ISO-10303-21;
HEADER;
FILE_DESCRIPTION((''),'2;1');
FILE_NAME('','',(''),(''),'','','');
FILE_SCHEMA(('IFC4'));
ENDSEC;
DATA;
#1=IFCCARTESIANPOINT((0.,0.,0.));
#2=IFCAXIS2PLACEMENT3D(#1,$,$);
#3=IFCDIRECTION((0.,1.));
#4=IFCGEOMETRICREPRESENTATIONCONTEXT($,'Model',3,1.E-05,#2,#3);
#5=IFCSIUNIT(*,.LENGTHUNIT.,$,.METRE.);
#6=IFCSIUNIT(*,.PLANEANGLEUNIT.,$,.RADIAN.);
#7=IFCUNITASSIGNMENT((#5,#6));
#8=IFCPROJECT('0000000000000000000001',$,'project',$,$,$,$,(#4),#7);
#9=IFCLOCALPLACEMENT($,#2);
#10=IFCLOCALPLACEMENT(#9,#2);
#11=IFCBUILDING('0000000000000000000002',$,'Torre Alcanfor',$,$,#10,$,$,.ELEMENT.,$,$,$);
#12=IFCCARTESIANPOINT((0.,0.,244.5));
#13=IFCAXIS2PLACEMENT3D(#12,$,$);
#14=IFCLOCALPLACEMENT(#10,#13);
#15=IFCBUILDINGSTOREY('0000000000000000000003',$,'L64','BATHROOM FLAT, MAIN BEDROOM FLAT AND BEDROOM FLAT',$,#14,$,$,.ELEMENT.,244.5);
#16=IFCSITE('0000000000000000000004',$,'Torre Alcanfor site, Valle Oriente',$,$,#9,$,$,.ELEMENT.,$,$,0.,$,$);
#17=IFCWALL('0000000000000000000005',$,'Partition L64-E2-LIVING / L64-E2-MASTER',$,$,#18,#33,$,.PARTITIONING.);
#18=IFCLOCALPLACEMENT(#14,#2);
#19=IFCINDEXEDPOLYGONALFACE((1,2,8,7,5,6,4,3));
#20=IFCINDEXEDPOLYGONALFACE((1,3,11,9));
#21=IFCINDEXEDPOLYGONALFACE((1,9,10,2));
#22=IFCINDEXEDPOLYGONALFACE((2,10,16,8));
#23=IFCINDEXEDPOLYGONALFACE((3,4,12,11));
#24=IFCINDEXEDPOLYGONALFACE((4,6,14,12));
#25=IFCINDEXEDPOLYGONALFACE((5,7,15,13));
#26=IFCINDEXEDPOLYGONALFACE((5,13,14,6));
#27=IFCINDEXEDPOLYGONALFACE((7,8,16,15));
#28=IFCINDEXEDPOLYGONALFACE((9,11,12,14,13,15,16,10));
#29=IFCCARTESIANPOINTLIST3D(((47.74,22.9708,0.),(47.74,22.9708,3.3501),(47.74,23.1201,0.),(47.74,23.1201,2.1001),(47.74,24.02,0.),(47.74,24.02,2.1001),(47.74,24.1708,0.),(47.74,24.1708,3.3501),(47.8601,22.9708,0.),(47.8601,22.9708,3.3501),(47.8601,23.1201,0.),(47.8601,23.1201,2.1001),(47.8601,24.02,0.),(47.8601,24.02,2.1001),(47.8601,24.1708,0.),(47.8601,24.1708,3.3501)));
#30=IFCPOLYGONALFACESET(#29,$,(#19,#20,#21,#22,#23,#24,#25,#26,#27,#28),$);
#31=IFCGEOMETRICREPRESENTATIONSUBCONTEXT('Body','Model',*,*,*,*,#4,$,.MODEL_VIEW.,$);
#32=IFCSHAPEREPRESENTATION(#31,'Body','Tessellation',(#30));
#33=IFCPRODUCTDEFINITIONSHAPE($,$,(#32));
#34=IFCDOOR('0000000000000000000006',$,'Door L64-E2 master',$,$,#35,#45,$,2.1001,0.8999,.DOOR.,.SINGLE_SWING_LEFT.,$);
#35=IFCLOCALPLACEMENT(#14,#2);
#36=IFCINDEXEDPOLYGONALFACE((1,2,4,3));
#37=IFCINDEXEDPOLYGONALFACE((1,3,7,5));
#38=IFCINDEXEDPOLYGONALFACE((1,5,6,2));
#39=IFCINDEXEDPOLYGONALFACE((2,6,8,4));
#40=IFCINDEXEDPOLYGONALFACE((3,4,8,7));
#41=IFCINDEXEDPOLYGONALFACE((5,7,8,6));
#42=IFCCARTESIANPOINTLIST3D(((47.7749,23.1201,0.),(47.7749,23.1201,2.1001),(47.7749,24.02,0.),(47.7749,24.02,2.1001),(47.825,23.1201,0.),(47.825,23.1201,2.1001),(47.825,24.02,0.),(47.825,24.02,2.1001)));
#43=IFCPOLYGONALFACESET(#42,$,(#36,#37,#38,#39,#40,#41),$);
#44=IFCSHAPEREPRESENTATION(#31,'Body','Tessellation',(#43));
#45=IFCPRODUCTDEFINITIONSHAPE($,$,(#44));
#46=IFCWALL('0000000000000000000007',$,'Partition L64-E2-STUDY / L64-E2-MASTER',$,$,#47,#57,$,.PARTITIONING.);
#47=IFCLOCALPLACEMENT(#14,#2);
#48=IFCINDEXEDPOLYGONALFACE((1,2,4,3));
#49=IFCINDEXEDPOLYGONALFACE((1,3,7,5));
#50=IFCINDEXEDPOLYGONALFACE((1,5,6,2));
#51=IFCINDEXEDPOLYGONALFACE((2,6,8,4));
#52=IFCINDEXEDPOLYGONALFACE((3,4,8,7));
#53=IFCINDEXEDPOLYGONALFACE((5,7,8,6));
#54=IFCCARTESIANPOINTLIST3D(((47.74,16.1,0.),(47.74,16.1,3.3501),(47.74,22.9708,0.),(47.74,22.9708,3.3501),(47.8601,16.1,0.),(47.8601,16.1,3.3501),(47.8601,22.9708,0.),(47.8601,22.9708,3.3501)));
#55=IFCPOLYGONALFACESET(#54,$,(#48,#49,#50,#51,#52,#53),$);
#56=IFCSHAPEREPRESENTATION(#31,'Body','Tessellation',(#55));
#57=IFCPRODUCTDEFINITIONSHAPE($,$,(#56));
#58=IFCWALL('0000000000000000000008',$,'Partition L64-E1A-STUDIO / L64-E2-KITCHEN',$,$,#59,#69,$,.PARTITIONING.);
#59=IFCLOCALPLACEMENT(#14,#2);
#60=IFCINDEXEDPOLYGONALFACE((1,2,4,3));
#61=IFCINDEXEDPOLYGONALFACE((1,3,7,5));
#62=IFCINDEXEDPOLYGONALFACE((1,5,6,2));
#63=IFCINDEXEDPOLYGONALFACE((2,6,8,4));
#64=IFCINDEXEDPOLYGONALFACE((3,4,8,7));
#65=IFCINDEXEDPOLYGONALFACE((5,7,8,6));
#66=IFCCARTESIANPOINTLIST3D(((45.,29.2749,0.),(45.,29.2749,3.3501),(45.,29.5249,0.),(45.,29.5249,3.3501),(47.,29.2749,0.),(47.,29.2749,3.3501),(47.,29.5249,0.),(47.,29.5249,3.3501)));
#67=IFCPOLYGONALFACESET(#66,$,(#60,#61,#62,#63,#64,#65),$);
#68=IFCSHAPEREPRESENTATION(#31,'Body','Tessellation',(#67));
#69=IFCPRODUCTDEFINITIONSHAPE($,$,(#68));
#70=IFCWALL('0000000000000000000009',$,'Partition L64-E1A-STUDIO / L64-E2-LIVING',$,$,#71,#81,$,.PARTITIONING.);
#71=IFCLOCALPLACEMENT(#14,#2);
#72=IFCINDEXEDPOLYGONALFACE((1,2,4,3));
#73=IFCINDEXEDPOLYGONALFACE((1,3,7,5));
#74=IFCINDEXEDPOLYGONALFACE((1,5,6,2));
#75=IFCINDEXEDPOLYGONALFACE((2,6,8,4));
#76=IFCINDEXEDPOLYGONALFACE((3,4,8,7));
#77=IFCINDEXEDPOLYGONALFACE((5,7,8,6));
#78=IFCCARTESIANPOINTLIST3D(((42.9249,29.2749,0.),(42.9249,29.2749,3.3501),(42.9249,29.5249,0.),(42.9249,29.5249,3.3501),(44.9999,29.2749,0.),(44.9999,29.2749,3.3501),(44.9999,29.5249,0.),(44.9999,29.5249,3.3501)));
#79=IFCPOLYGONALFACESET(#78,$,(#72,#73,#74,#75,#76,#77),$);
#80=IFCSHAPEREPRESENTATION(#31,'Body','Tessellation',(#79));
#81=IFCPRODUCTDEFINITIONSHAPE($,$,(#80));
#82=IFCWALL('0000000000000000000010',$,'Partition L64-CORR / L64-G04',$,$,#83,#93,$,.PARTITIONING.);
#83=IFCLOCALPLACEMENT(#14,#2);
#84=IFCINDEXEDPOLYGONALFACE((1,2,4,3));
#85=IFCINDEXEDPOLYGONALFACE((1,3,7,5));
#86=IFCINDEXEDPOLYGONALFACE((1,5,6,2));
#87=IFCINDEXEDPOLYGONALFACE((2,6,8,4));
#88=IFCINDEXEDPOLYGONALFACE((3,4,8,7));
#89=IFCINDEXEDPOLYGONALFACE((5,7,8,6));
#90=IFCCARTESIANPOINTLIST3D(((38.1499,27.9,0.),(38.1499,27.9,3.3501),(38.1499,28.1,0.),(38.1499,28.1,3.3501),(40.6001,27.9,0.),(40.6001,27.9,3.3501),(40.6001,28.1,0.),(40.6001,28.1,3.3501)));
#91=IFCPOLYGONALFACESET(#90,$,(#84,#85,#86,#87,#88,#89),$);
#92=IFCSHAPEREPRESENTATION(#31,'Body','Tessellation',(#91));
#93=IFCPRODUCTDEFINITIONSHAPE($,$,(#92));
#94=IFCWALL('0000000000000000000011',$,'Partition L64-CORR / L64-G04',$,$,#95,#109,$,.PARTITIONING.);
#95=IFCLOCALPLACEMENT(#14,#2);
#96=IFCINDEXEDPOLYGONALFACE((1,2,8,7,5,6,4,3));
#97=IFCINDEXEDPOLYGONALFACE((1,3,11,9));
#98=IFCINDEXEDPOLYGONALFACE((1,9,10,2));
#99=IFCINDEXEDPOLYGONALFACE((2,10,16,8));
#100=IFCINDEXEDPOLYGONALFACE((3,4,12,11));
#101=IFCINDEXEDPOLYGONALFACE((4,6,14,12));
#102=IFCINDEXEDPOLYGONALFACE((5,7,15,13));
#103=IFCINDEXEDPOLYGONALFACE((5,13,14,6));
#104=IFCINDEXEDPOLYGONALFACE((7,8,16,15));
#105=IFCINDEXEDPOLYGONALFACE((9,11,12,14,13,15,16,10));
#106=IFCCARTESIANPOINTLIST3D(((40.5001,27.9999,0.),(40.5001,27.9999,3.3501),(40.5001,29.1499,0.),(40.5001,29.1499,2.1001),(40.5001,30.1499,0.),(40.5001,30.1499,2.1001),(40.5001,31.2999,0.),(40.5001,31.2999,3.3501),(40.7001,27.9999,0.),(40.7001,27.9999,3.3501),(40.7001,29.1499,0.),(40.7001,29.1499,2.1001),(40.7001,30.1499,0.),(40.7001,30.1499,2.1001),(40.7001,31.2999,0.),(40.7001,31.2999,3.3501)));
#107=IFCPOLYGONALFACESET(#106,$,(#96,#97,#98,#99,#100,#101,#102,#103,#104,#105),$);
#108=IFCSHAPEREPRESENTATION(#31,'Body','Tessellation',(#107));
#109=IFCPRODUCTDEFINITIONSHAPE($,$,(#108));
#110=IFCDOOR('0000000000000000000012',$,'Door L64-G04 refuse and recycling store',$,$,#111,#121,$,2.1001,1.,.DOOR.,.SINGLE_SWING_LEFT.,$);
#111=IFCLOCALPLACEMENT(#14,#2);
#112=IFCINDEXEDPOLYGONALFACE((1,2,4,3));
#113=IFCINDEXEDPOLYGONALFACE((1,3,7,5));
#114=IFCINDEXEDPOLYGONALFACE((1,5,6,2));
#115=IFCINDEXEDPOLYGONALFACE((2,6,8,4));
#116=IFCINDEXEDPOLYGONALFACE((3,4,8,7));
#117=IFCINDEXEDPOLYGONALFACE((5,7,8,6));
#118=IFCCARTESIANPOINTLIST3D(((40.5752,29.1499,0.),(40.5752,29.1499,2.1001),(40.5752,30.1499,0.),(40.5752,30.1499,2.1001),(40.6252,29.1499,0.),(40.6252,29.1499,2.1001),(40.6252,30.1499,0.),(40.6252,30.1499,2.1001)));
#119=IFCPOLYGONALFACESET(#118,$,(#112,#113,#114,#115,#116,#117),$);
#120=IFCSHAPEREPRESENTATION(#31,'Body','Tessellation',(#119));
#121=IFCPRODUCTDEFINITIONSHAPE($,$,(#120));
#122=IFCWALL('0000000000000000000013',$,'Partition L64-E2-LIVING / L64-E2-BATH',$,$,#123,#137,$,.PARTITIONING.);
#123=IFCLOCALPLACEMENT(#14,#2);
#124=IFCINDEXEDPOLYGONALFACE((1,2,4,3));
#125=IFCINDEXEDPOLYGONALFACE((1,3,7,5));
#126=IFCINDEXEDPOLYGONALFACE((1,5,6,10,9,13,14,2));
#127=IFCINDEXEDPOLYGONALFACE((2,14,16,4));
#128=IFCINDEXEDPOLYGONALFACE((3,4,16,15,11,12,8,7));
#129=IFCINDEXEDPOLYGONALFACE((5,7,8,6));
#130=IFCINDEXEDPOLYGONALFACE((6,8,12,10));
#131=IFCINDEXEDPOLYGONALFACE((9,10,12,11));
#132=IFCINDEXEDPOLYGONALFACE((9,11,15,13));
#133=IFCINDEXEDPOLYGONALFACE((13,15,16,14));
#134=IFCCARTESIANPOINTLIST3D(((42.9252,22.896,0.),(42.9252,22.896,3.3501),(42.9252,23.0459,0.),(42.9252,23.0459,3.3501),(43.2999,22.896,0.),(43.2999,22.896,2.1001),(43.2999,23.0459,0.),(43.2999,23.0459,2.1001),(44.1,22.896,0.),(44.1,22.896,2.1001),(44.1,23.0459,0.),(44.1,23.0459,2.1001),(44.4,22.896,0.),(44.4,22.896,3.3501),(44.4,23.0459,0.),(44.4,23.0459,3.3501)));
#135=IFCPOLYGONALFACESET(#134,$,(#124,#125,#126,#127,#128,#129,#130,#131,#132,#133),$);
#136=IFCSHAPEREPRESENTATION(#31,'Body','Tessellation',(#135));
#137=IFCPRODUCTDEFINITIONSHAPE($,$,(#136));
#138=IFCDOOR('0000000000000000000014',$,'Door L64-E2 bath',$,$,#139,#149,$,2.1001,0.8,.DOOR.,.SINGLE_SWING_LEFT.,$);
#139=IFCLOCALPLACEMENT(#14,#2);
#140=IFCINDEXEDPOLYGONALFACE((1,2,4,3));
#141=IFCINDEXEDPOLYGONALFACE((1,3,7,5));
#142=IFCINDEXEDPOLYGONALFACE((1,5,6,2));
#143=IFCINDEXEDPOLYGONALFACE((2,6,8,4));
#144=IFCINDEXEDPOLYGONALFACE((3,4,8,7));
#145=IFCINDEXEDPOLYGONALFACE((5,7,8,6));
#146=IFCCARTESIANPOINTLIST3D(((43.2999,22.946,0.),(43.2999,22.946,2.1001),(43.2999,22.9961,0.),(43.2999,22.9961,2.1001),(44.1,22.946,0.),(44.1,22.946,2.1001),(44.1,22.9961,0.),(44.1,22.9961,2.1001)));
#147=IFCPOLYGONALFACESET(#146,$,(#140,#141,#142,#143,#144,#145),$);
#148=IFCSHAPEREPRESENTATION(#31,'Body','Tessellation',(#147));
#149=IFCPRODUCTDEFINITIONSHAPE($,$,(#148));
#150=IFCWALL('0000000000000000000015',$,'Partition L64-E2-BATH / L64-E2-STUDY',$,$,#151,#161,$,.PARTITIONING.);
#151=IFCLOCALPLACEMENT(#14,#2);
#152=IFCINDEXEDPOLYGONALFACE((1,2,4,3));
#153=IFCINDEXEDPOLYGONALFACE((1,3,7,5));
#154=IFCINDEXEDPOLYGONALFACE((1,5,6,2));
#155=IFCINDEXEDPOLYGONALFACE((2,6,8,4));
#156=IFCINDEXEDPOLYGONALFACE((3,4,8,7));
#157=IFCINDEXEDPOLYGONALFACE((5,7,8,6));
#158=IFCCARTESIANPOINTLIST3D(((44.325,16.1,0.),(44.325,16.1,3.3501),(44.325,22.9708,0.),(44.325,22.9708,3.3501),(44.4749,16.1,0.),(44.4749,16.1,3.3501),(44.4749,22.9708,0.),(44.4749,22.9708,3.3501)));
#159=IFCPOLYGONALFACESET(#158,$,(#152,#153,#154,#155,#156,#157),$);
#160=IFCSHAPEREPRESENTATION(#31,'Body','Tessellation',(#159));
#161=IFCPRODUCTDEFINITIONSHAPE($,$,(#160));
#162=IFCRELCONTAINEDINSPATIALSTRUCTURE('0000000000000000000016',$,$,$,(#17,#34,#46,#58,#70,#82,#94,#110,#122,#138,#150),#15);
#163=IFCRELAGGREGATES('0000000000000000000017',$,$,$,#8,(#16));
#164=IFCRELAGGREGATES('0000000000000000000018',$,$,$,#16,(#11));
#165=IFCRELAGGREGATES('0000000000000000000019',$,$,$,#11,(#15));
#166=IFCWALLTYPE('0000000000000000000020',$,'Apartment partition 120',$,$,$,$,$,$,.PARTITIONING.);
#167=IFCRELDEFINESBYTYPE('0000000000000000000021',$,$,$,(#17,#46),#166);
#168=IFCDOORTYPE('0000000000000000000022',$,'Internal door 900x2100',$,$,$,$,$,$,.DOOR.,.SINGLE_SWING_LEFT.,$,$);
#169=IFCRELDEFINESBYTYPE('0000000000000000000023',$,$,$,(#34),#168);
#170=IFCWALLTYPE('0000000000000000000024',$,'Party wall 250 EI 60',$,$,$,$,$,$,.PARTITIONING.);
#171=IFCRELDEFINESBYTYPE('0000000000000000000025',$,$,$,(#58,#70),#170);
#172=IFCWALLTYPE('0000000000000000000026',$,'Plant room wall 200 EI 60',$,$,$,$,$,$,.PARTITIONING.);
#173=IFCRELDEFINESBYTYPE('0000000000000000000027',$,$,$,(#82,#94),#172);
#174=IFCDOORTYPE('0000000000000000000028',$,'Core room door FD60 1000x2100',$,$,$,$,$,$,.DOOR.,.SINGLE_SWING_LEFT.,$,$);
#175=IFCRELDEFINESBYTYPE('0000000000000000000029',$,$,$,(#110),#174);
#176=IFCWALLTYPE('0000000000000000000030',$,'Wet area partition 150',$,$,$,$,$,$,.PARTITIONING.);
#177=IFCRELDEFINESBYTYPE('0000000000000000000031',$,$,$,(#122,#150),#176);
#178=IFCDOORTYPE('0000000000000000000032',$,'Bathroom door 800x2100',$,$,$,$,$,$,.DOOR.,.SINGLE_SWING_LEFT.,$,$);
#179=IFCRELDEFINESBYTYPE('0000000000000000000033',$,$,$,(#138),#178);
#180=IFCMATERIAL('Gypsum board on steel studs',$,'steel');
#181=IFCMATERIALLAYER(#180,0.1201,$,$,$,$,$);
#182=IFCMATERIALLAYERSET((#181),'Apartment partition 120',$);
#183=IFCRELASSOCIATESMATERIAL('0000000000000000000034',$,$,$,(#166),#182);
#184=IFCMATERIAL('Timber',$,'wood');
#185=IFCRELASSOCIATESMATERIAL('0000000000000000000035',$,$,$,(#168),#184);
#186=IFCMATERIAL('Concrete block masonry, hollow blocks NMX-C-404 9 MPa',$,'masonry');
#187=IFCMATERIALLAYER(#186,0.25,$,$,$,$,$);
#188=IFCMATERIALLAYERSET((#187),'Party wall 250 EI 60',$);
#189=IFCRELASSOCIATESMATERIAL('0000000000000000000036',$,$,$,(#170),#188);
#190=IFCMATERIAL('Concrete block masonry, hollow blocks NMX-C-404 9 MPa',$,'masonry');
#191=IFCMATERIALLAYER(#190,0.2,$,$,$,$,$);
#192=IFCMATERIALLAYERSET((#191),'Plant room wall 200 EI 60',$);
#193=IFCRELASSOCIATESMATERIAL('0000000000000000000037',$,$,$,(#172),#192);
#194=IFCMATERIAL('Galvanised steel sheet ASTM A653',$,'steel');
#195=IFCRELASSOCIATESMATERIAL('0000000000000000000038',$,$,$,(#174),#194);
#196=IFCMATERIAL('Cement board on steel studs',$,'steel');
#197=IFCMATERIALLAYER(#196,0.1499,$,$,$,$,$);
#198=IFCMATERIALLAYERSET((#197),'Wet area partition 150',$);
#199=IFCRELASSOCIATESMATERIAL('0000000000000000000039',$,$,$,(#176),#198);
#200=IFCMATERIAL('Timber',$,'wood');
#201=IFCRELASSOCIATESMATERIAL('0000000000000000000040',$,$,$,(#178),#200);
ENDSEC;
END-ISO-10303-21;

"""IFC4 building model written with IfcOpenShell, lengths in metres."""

from ifc_helpers import new_model, si_unit, direction, frame, frame_2d, origin, place, context, subcontext, project, spatial, rectangle, extrude, material, layer, layer_set, type_object, element, fill, save


model = new_model("IFC4")

# Units and contexts
model_context = context("Model", 3, precision=1e-05, world=origin(), true_north=direction((0.0, 1.0)))
body_context = subcontext(model_context, "Body", "Model", "MODEL_VIEW")
ifc_project = project(units=[si_unit("LENGTHUNIT", "METRE"), si_unit("PLANEANGLEUNIT", "RADIAN")], contexts=[model_context])

# Site, building, storey
site_placement = place(None, origin())
site = spatial("IfcSite", under=ifc_project, at=site_placement, Name="Torre Alcanfor site, Valle Oriente", CompositionType="ELEMENT", RefElevation=0.0)
building_placement = place(site_placement, origin())
building = spatial("IfcBuilding", under=site, at=building_placement, Name="Torre Alcanfor", CompositionType="ELEMENT")
storey_placement = place(building_placement, frame((0.0, 0.0, 244.5)))
storey = spatial("IfcBuildingStorey", under=building, at=storey_placement, Name="L64", Description="BATHROOM FLAT, MAIN BEDROOM FLAT AND BEDROOM FLAT", CompositionType="ELEMENT", Elevation=244.5)

# Shared definitions
ifc_material_1 = material(Name="Gypsum board on steel studs", Category="steel")
ifc_layer_1 = layer(ifc_material_1, 0.1201)
ifc_layer_set_1 = layer_set([ifc_layer_1], Name="Apartment partition 120")
wall_type_1 = type_object("IfcWallType", Name="Apartment partition 120", PredefinedType="PARTITIONING", material=ifc_layer_set_1)

# Shared definitions
ifc_material_2 = material(Name="Timber", Category="wood")
door_type_1 = type_object("IfcDoorType", Name="Internal door 900x2100", OperationType="SINGLE_SWING_LEFT", PredefinedType="DOOR", material=ifc_material_2)

# Wall, opening, door
wall_1_placement = place(storey_placement, frame((47.8, 24.1709, 0.0), z_axis=(0.0, 0.0, 1.0), x_axis=(0.0, -1.0, 0.0)))
wall_1 = element("IfcWall", 1, at=wall_1_placement, inside=storey, type_object=wall_type_1, Name="Partition L64-E2-LIVING / L64-E2-MASTER", PredefinedType="PARTITIONING", context=body_context, shape_type="SweptSolid", body=[
    extrude(rectangle(XDim=1.2, YDim=0.1201, at=frame_2d((0.6001, 0.0))), origin(), (0.0, 0.0, 1.0), 3.3501),
])
opening_1_placement = place(wall_1_placement, frame((0.1509, 0.0, 0.0)))
opening_1 = element("IfcOpeningElement", 2, at=opening_1_placement, cuts=wall_1, PredefinedType="OPENING", context=body_context, shape_type="SweptSolid", body=[
    extrude(rectangle(XDim=0.8999, YDim=2.1001, at=frame_2d((0.45, 1.05))), frame((0.0, 0.0701, 0.0), z_axis=(0.0, -1.0, 0.0), x_axis=(1.0, 0.0, 0.0)), (0.0, 0.0, 1.0), 0.1401),
])
door_1_placement = place(opening_1_placement, origin())
door_1 = element("IfcDoor", 3, at=door_1_placement, inside=storey, type_object=door_type_1, Name="Door L64-E2 master", OperationType="SINGLE_SWING_LEFT", OverallHeight=2.1001, OverallWidth=0.8999, PredefinedType="DOOR", context=body_context, shape_type="SweptSolid", body=[
    extrude(rectangle(XDim=0.8999, YDim=2.1001, at=frame_2d((0.45, 1.05))), frame((0.0, 0.0249, 0.0), z_axis=(0.0, -1.0, 0.0), x_axis=(1.0, 0.0, 0.0)), (0.0, 0.0, 1.0), 0.05),
])
fill(opening_1, door_1)

# Walls
wall_2_placement = place(storey_placement, frame((47.8, 22.9709, 0.0), z_axis=(0.0, 0.0, 1.0), x_axis=(0.0, -1.0, 0.0)))
element("IfcWall", 4, at=wall_2_placement, inside=storey, type_object=wall_type_1, Name="Partition L64-E2-STUDY / L64-E2-MASTER", PredefinedType="PARTITIONING", context=body_context, shape_type="SweptSolid", body=[
    extrude(rectangle(XDim=6.8708, YDim=0.1201, at=frame_2d((3.4355, 0.0))), origin(), (0.0, 0.0, 1.0), 3.3501),
])
ifc_material_3 = material(Name="Concrete block masonry, hollow blocks NMX-C-404 9 MPa", Category="masonry")
ifc_layer_2 = layer(ifc_material_3, 0.25)
ifc_layer_set_2 = layer_set([ifc_layer_2], Name="Party wall 250 EI 60")
wall_type_2 = type_object("IfcWallType", Name="Party wall 250 EI 60", PredefinedType="PARTITIONING", material=ifc_layer_set_2)
wall_3_placement = place(storey_placement, frame((47.0, 29.3999, 0.0), z_axis=(0.0, 0.0, 1.0), x_axis=(-1.0, 0.0, 0.0)))
element("IfcWall", 5, at=wall_3_placement, inside=storey, type_object=wall_type_2, Name="Partition L64-E1A-STUDIO / L64-E2-KITCHEN", PredefinedType="PARTITIONING", context=body_context, shape_type="SweptSolid", body=[
    extrude(rectangle(XDim=2.0, YDim=0.25, at=frame_2d((1.0, 0.0))), origin(), (0.0, 0.0, 1.0), 3.3501),
])
wall_4_placement = place(storey_placement, frame((45.0, 29.3999, 0.0), z_axis=(0.0, 0.0, 1.0), x_axis=(-1.0, 0.0, 0.0)))
element("IfcWall", 6, at=wall_4_placement, inside=storey, type_object=wall_type_2, Name="Partition L64-E1A-STUDIO / L64-E2-LIVING", PredefinedType="PARTITIONING", context=body_context, shape_type="SweptSolid", body=[
    extrude(rectangle(XDim=2.075, YDim=0.25, at=frame_2d((1.0376, 0.0))), origin(), (0.0, 0.0, 1.0), 3.3501),
])
ifc_material_4 = material(Name="Concrete block masonry, hollow blocks NMX-C-404 9 MPa", Category="masonry")
ifc_layer_3 = layer(ifc_material_4, 0.2)
ifc_layer_set_3 = layer_set([ifc_layer_3], Name="Plant room wall 200 EI 60")
wall_type_3 = type_object("IfcWallType", Name="Plant room wall 200 EI 60", PredefinedType="PARTITIONING", material=ifc_layer_set_3)
wall_5_placement = place(storey_placement, frame((38.1499, 28.0, 0.0), z_axis=(0.0, 0.0, 1.0), x_axis=(1.0, 0.0, 0.0)))
element("IfcWall", 7, at=wall_5_placement, inside=storey, type_object=wall_type_3, Name="Partition L64-CORR / L64-G04", PredefinedType="PARTITIONING", context=body_context, shape_type="SweptSolid", body=[
    extrude(rectangle(XDim=2.4502, YDim=0.2, at=frame_2d((1.2251, 0.0))), origin(), (0.0, 0.0, 1.0), 3.3501),
])

# Walls, openings, doors
wall_6_placement = place(storey_placement, frame((40.6001, 28.0, 0.0), z_axis=(0.0, 0.0, 1.0), x_axis=(0.0, 1.0, 0.0)))
wall_6 = element("IfcWall", 8, at=wall_6_placement, inside=storey, type_object=wall_type_3, Name="Partition L64-CORR / L64-G04", PredefinedType="PARTITIONING", context=body_context, shape_type="SweptSolid", body=[
    extrude(rectangle(XDim=3.3, YDim=0.2, at=frame_2d((1.6499, 0.0))), origin(), (0.0, 0.0, 1.0), 3.3501),
])
opening_2_placement = place(wall_6_placement, frame((1.1499, 0.0, 0.0)))
opening_2 = element("IfcOpeningElement", 9, at=opening_2_placement, cuts=wall_6, PredefinedType="OPENING", context=body_context, shape_type="SweptSolid", body=[
    extrude(rectangle(XDim=1.0, YDim=2.1001, at=frame_2d((0.5, 1.05))), frame((0.0, 0.1099, 0.0), z_axis=(0.0, -1.0, 0.0), x_axis=(1.0, 0.0, 0.0)), (0.0, 0.0, 1.0), 0.22),
])
ifc_material_5 = material(Name="Galvanised steel sheet ASTM A653", Category="steel")
door_type_2 = type_object("IfcDoorType", Name="Core room door FD60 1000x2100", OperationType="SINGLE_SWING_LEFT", PredefinedType="DOOR", material=ifc_material_5)
door_2_placement = place(opening_2_placement, origin())
door_2 = element("IfcDoor", 10, at=door_2_placement, inside=storey, type_object=door_type_2, Name="Door L64-G04 refuse and recycling store", OperationType="SINGLE_SWING_LEFT", OverallHeight=2.1001, OverallWidth=1.0, PredefinedType="DOOR", context=body_context, shape_type="SweptSolid", body=[
    extrude(rectangle(XDim=1.0, YDim=2.1001, at=frame_2d((0.5, 1.05))), frame((0.0, 0.0249, 0.0), z_axis=(0.0, -1.0, 0.0), x_axis=(1.0, 0.0, 0.0)), (0.0, 0.0, 1.0), 0.05),
])
fill(opening_2, door_2)
ifc_material_6 = material(Name="Cement board on steel studs", Category="steel")
ifc_layer_4 = layer(ifc_material_6, 0.1499)
ifc_layer_set_4 = layer_set([ifc_layer_4], Name="Wet area partition 150")
wall_type_4 = type_object("IfcWallType", Name="Wet area partition 150", PredefinedType="PARTITIONING", material=ifc_layer_set_4)
wall_7_placement = place(storey_placement, frame((44.3999, 22.9709, 0.0), z_axis=(0.0, 0.0, 1.0), x_axis=(-1.0, 0.0, 0.0)))
wall_7 = element("IfcWall", 11, at=wall_7_placement, inside=storey, type_object=wall_type_4, Name="Partition L64-E2-LIVING / L64-E2-BATH", PredefinedType="PARTITIONING", context=body_context, shape_type="SweptSolid", body=[
    extrude(rectangle(XDim=1.4749, YDim=0.1499, at=frame_2d((0.7373, 0.0))), origin(), (0.0, 0.0, 1.0), 3.3501),
])
opening_3_placement = place(wall_7_placement, frame((0.3, 0.0, 0.0)))
opening_3 = element("IfcOpeningElement", 12, at=opening_3_placement, cuts=wall_7, PredefinedType="OPENING", context=body_context, shape_type="SweptSolid", body=[
    extrude(rectangle(XDim=0.8, YDim=2.1001, at=frame_2d((0.3999, 1.05))), frame((0.0, 0.085, 0.0), z_axis=(0.0, -1.0, 0.0), x_axis=(1.0, 0.0, 0.0)), (0.0, 0.0, 1.0), 0.1699),
])
ifc_material_7 = material(Name="Timber", Category="wood")
door_type_3 = type_object("IfcDoorType", Name="Bathroom door 800x2100", OperationType="SINGLE_SWING_LEFT", PredefinedType="DOOR", material=ifc_material_7)
door_3_placement = place(opening_3_placement, origin())
door_3 = element("IfcDoor", 13, at=door_3_placement, inside=storey, type_object=door_type_3, Name="Door L64-E2 bath", OperationType="SINGLE_SWING_LEFT", OverallHeight=2.1001, OverallWidth=0.8, PredefinedType="DOOR", context=body_context, shape_type="SweptSolid", body=[
    extrude(rectangle(XDim=0.8, YDim=2.1001, at=frame_2d((0.3999, 1.05))), frame((0.0, 0.0249, 0.0), z_axis=(0.0, -1.0, 0.0), x_axis=(1.0, 0.0, 0.0)), (0.0, 0.0, 1.0), 0.05),
])
fill(opening_3, door_3)

# Wall
wall_8_placement = place(storey_placement, frame((44.3999, 22.9709, 0.0), z_axis=(0.0, 0.0, 1.0), x_axis=(0.0, -1.0, 0.0)))
element("IfcWall", 14, at=wall_8_placement, inside=storey, type_object=wall_type_4, Name="Partition L64-E2-BATH / L64-E2-STUDY", PredefinedType="PARTITIONING", context=body_context, shape_type="SweptSolid", body=[
    extrude(rectangle(XDim=6.8708, YDim=0.1499, at=frame_2d((3.4355, 0.0))), origin(), (0.0, 0.0, 1.0), 3.3501),
])

save(model, "model.ifc")
